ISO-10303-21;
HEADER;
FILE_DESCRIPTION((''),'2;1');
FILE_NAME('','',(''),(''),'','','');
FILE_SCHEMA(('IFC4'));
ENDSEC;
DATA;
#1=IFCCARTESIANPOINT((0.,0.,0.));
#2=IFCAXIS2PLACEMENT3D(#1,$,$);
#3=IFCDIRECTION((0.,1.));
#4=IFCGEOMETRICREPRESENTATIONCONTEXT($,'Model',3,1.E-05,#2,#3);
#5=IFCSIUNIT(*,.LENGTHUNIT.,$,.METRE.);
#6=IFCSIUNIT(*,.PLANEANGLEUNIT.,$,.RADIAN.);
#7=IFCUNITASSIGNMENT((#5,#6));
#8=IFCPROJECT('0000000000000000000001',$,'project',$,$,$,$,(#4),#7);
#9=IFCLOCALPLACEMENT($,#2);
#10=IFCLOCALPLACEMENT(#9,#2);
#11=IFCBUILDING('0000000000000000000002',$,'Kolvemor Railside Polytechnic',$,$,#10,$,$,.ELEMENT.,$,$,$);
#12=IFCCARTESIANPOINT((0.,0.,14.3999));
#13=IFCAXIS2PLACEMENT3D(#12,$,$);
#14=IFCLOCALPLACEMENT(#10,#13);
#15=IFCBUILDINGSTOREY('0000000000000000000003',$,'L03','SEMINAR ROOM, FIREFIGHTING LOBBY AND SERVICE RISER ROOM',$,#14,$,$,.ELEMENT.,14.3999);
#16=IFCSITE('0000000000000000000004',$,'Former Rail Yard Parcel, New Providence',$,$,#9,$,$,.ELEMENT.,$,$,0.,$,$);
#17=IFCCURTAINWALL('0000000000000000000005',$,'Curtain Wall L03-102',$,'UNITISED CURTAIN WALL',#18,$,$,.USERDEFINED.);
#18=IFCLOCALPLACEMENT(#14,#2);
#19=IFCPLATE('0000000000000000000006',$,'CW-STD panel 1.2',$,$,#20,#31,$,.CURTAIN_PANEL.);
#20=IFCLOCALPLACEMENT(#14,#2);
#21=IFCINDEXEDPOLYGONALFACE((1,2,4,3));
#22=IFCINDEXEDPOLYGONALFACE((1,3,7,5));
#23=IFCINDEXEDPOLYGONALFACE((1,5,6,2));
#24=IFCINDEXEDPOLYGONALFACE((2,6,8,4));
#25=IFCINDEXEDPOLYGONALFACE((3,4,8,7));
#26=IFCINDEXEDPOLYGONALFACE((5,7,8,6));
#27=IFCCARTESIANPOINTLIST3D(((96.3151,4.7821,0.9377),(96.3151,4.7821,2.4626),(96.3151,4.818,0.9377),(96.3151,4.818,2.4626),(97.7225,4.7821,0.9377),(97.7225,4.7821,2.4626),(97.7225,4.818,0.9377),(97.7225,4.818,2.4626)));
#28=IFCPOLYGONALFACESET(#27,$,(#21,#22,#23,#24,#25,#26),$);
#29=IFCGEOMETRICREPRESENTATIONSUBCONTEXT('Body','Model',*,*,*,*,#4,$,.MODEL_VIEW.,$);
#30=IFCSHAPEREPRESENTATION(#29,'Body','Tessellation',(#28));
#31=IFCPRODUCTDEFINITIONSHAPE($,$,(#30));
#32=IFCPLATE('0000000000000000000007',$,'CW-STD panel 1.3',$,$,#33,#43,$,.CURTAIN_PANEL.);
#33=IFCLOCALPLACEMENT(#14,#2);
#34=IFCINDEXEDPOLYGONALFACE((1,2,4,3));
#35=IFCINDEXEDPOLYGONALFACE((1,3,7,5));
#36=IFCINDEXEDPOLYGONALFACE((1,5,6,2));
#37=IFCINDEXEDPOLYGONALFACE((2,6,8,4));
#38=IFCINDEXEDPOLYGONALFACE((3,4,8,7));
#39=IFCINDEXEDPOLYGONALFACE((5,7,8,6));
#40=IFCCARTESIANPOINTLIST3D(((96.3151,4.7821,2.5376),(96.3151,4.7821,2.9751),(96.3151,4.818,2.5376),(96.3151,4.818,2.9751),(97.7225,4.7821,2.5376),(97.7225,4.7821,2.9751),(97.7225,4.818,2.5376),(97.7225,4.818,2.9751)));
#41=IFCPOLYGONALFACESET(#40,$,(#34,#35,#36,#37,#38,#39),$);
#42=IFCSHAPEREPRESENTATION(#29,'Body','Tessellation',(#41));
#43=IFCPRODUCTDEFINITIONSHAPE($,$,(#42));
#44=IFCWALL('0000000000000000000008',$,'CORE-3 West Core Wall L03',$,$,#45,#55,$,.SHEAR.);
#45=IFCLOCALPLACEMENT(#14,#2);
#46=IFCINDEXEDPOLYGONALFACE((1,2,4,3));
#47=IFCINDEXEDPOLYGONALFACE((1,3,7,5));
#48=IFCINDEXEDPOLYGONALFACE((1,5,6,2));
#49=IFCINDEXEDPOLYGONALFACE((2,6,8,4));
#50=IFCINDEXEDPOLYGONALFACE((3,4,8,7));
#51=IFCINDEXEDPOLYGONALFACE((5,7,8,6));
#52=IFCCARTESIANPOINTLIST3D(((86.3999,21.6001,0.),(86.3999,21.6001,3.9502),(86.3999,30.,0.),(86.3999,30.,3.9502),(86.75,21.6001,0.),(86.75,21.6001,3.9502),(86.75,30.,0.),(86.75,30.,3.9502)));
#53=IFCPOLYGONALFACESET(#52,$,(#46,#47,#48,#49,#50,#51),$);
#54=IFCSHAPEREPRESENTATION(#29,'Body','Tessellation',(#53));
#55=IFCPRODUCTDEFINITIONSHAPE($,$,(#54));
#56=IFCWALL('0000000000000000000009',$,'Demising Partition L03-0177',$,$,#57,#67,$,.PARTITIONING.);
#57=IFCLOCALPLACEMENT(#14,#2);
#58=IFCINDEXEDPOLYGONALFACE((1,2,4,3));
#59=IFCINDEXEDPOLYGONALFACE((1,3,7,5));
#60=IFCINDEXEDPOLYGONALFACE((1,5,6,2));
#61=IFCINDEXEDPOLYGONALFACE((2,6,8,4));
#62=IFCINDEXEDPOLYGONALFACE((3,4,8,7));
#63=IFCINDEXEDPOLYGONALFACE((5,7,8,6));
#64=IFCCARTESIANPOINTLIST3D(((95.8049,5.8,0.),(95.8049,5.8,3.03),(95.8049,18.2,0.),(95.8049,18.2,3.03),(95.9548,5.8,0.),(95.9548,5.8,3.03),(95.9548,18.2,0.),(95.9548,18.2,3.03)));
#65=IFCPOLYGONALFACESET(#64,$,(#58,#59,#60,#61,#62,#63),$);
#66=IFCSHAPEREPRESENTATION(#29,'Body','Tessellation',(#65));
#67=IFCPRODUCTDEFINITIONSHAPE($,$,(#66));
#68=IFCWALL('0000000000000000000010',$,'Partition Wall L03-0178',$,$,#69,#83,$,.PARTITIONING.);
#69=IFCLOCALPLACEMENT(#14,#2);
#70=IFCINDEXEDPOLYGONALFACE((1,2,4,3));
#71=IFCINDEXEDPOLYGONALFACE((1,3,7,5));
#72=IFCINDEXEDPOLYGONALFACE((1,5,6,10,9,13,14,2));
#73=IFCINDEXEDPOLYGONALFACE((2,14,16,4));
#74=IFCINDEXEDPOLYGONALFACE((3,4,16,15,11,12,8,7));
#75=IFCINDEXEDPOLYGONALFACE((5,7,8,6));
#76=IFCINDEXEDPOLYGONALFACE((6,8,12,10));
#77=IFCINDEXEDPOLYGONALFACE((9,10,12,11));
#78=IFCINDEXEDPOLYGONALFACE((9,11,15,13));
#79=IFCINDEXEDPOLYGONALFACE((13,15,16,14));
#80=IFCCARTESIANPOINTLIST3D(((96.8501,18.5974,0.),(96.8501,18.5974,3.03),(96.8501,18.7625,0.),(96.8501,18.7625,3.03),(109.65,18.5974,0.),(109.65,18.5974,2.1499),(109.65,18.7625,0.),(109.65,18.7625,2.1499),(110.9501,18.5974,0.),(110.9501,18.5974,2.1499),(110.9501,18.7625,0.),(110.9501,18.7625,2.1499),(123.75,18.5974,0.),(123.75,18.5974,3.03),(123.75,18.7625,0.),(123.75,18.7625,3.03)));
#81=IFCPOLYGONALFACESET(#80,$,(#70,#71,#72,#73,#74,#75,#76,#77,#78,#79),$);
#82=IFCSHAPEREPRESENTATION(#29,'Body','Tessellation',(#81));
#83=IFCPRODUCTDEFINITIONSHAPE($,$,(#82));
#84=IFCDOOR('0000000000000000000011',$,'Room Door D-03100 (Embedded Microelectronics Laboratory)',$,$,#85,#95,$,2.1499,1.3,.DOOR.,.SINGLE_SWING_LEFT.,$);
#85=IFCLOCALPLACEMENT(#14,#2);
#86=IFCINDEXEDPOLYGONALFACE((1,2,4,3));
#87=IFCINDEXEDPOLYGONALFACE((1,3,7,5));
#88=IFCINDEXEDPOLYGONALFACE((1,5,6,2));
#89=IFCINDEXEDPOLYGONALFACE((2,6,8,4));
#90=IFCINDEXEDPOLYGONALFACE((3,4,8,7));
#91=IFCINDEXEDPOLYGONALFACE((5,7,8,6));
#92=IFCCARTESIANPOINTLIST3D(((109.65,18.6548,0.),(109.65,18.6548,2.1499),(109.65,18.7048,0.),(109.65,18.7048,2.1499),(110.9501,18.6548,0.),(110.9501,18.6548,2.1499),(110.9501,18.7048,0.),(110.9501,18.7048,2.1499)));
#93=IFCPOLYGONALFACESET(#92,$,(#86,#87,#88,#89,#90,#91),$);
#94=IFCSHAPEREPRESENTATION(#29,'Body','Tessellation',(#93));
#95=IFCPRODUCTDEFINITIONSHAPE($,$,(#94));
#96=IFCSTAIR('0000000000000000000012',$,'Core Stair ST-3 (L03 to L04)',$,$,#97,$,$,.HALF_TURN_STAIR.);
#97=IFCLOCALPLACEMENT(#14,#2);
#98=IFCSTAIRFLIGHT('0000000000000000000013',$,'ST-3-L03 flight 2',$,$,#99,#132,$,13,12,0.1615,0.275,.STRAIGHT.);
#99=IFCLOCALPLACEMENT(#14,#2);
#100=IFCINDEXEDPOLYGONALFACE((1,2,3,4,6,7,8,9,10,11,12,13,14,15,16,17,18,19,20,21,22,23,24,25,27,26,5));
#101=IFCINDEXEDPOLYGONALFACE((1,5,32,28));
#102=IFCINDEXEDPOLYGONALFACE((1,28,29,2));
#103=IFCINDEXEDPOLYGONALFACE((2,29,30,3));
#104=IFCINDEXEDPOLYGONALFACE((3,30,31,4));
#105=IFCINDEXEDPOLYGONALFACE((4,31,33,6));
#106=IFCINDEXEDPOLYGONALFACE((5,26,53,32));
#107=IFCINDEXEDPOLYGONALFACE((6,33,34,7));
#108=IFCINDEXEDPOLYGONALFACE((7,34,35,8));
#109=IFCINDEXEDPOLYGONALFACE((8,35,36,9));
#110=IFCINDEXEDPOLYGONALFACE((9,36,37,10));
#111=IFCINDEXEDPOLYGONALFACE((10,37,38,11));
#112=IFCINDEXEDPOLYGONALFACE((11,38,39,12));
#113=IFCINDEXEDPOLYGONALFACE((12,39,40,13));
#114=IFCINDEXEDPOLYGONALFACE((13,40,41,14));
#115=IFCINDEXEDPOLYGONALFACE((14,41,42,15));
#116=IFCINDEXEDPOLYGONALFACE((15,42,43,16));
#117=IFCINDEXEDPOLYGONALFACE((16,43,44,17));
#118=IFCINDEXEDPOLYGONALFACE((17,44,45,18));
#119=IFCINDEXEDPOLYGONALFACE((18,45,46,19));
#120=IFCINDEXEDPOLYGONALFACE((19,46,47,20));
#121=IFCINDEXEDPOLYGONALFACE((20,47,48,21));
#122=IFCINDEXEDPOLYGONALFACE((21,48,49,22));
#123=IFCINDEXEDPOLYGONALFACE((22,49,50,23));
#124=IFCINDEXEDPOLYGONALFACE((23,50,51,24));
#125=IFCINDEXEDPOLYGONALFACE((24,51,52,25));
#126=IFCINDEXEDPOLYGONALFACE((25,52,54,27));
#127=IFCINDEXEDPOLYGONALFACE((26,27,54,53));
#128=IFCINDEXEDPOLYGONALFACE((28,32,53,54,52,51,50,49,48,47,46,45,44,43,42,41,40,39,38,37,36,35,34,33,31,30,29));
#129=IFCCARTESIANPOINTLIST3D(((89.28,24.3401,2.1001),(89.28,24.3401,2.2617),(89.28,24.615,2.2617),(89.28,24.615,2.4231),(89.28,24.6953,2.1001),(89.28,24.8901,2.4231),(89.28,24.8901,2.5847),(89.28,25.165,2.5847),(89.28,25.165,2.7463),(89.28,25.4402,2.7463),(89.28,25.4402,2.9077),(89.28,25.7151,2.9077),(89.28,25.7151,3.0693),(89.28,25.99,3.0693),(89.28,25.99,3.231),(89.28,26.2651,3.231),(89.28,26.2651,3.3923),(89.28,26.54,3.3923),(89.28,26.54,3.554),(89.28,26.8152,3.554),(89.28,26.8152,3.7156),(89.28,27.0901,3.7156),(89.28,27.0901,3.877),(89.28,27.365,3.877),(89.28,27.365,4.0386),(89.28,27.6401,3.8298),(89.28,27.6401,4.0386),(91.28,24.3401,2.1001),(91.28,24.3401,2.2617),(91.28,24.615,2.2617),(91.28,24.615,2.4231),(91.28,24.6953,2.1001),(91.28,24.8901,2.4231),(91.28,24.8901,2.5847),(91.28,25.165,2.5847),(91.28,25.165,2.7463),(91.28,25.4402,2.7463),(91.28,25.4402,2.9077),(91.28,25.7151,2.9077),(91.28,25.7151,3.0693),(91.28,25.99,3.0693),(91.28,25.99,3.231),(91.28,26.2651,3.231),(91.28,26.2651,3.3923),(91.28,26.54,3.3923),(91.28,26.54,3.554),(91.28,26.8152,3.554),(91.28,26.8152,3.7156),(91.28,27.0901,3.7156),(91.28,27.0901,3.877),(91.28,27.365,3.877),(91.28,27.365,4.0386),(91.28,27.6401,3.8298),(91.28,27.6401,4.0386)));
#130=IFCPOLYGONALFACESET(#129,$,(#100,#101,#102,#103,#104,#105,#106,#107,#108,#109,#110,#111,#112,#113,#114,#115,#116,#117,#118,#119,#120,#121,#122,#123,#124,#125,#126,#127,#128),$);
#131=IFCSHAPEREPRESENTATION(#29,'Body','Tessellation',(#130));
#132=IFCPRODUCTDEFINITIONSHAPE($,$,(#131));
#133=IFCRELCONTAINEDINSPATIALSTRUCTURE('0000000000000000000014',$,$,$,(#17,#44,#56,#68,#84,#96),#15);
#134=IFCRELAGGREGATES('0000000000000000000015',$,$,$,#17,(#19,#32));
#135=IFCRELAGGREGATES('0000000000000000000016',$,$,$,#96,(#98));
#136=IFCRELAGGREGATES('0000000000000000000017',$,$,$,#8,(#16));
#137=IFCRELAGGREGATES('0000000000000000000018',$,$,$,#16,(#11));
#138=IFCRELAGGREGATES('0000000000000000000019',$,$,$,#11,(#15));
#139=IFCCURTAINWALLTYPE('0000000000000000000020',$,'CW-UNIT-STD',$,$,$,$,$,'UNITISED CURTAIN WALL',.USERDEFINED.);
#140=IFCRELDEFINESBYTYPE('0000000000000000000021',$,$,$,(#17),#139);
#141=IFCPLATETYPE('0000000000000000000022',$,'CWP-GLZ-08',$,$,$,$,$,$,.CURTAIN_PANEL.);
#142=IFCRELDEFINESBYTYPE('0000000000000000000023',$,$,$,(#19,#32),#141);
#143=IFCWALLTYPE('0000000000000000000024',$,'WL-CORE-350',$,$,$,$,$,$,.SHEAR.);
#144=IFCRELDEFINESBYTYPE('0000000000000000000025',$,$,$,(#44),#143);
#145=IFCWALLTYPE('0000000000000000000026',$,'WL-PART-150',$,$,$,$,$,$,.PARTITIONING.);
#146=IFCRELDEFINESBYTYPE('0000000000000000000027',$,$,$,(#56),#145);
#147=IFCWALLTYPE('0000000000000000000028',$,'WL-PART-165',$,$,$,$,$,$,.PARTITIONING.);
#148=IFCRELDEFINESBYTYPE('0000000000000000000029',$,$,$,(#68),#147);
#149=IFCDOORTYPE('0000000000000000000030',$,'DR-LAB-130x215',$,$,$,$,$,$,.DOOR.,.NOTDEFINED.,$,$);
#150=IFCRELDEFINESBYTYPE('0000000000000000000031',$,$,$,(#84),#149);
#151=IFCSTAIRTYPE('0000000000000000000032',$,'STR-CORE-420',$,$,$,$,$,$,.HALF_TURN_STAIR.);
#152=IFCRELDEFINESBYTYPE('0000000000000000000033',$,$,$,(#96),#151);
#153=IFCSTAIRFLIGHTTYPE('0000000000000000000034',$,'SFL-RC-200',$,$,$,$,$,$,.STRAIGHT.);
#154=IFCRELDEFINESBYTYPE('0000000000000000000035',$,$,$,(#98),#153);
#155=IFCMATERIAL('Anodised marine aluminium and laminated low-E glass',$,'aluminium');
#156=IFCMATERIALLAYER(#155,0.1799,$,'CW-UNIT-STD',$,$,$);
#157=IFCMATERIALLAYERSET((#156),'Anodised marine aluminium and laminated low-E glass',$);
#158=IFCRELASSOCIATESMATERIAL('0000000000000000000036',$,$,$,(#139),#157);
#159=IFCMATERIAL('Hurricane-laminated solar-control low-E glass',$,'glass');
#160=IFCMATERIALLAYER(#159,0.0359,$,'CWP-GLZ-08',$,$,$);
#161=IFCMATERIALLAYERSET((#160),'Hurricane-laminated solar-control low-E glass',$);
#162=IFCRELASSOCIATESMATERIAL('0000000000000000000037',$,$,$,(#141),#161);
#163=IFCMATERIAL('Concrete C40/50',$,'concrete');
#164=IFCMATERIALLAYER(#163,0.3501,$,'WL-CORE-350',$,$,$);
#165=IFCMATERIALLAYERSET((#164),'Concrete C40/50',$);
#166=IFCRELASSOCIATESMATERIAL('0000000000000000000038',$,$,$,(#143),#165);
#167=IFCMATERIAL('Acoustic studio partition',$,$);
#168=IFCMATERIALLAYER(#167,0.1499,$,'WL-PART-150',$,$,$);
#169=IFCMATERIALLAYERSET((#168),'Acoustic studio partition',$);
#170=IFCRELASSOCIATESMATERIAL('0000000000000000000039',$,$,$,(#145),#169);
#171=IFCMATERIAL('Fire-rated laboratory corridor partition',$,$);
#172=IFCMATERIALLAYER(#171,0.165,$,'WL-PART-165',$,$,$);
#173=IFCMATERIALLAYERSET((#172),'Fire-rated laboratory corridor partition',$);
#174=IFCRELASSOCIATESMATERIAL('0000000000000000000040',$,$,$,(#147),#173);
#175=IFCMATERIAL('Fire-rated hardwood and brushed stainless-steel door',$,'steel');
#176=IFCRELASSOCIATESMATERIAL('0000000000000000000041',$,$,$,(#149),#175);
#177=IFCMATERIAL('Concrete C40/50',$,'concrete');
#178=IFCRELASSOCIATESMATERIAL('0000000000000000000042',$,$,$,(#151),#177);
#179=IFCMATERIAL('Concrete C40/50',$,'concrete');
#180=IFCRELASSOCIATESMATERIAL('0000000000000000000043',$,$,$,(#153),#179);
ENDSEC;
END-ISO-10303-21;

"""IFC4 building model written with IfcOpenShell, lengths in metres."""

from ifc_helpers import new_model, si_unit, direction, frame, frame_2d, origin, origin_2d, place, context, subcontext, project, spatial, polyline, rectangle, outline, extrude, material, layer, layer_set, type_object, element, fill, aggregate, save


model = new_model("IFC4")

# Units and contexts
model_context = context("Model", 3, precision=1e-05, world=origin(), true_north=direction((0.0, 1.0)))
body_context = subcontext(model_context, "Body", "Model", "MODEL_VIEW")
ifc_project = project(units=[si_unit("LENGTHUNIT", "METRE"), si_unit("PLANEANGLEUNIT", "RADIAN")], contexts=[model_context])

# Site, building, storey
site_placement = place(None, origin())
site = spatial("IfcSite", under=ifc_project, at=site_placement, Name="Former Rail Yard Parcel, New Providence", CompositionType="ELEMENT", RefElevation=0.0)
building_placement = place(site_placement, origin())
building = spatial("IfcBuilding", under=site, at=building_placement, Name="Kolvemor Railside Polytechnic", CompositionType="ELEMENT")
storey_placement = place(building_placement, frame((0.0, 0.0, 14.3999)))
storey = spatial("IfcBuildingStorey", under=building, at=storey_placement, Name="L03", Description="SEMINAR ROOM, FIREFIGHTING LOBBY AND SERVICE RISER ROOM", CompositionType="ELEMENT", Elevation=14.3999)

# Curtain wall, plates
ifc_material_1 = material(Name="Anodised marine aluminium and laminated low-E glass", Category="aluminium")
ifc_layer_1 = layer(ifc_material_1, 0.1799, Name="CW-UNIT-STD")
ifc_layer_set_1 = layer_set([ifc_layer_1], Name="Anodised marine aluminium and laminated low-E glass")
curtain_wall_type = type_object("IfcCurtainWallType", Name="CW-UNIT-STD", ElementType="UNITISED CURTAIN WALL", PredefinedType="USERDEFINED", material=ifc_layer_set_1)
curtain_wall_placement = place(storey_placement, origin())
curtain_wall = element("IfcCurtainWall", 1, at=curtain_wall_placement, inside=storey, type_object=curtain_wall_type, Name="Curtain Wall L03-102", ObjectType="UNITISED CURTAIN WALL", PredefinedType="USERDEFINED")
ifc_material_2 = material(Name="Hurricane-laminated solar-control low-E glass", Category="glass")
ifc_layer_2 = layer(ifc_material_2, 0.0359, Name="CWP-GLZ-08")
ifc_layer_set_2 = layer_set([ifc_layer_2], Name="Hurricane-laminated solar-control low-E glass")
plate_type = type_object("IfcPlateType", Name="CWP-GLZ-08", PredefinedType="CURTAIN_PANEL", material=ifc_layer_set_2)
plate_1_placement = place(storey_placement, frame((97.0188, 4.8, 0.9377), z_axis=(0.0, 0.0, 1.0), x_axis=(1.0, 0.0, 0.0)))
plate_1 = element("IfcPlate", 2, at=plate_1_placement, type_object=plate_type, Name="CW-STD panel 1.2", PredefinedType="CURTAIN_PANEL", context=body_context, shape_type="SweptSolid", body=[
    extrude(rectangle(XDim=1.4075, YDim=0.0359, at=origin_2d()), origin(), (0.0, 0.0, 1.0), 1.5249),
])
plate_2_placement = place(storey_placement, frame((97.0188, 4.8, 2.5376), z_axis=(0.0, 0.0, 1.0), x_axis=(1.0, 0.0, 0.0)))
plate_2 = element("IfcPlate", 3, at=plate_2_placement, type_object=plate_type, Name="CW-STD panel 1.3", PredefinedType="CURTAIN_PANEL", context=body_context, shape_type="SweptSolid", body=[
    extrude(rectangle(XDim=1.4075, YDim=0.0359, at=origin_2d()), origin(), (0.0, 0.0, 1.0), 0.4375),
])
aggregate(curtain_wall, [plate_1, plate_2])

# Wall
ifc_material_3 = material(Name="Concrete C40/50", Category="concrete")
ifc_layer_3 = layer(ifc_material_3, 0.3501, Name="WL-CORE-350")
ifc_layer_set_3 = layer_set([ifc_layer_3], Name="Concrete C40/50")
wall_type_1 = type_object("IfcWallType", Name="WL-CORE-350", PredefinedType="SHEAR", material=ifc_layer_set_3)
wall_1_placement = place(storey_placement, frame((86.575, 21.6001, 0.0), z_axis=(0.0, 0.0, 1.0), x_axis=(0.0, 1.0, 0.0)))
element("IfcWall", 4, at=wall_1_placement, inside=storey, type_object=wall_type_1, Name="CORE-3 West Core Wall L03", PredefinedType="SHEAR", context=body_context, shape_type="SweptSolid", body=[
    extrude(rectangle(XDim=8.3999, YDim=0.3501, at=frame_2d((4.2, 0.0))), origin(), (0.0, 0.0, 1.0), 3.9502),
])

# Wall
ifc_material_4 = material(Name="Acoustic studio partition")
ifc_layer_4 = layer(ifc_material_4, 0.1499, Name="WL-PART-150")
ifc_layer_set_4 = layer_set([ifc_layer_4], Name="Acoustic studio partition")
wall_type_2 = type_object("IfcWallType", Name="WL-PART-150", PredefinedType="PARTITIONING", material=ifc_layer_set_4)
wall_2_placement = place(storey_placement, frame((95.8799, 5.8, 0.0), z_axis=(0.0, 0.0, 1.0), x_axis=(0.0, 1.0, 0.0)))
element("IfcWall", 5, at=wall_2_placement, inside=storey, type_object=wall_type_2, Name="Demising Partition L03-0177", PredefinedType="PARTITIONING", context=body_context, shape_type="SweptSolid", body=[
    extrude(rectangle(XDim=12.3999, YDim=0.1499, at=frame_2d((6.2, 0.0))), origin(), (0.0, 0.0, 1.0), 3.03),
])

# Wall, opening, door
ifc_material_5 = material(Name="Fire-rated laboratory corridor partition")
ifc_layer_5 = layer(ifc_material_5, 0.165, Name="WL-PART-165")
ifc_layer_set_5 = layer_set([ifc_layer_5], Name="Fire-rated laboratory corridor partition")
wall_type_3 = type_object("IfcWallType", Name="WL-PART-165", PredefinedType="PARTITIONING", material=ifc_layer_set_5)
wall_3_placement = place(storey_placement, frame((96.8501, 18.6799, 0.0), z_axis=(0.0, 0.0, 1.0), x_axis=(1.0, 0.0, 0.0)))
wall_3 = element("IfcWall", 6, at=wall_3_placement, inside=storey, type_object=wall_type_3, Name="Partition Wall L03-0178", PredefinedType="PARTITIONING", context=body_context, shape_type="SweptSolid", body=[
    extrude(rectangle(XDim=26.8999, YDim=0.165, at=frame_2d((13.45, 0.0))), origin(), (0.0, 0.0, 1.0), 3.03),
])
opening_1_placement = place(wall_3_placement, frame((12.8, 0.0, 0.0)))
opening_1 = element("IfcOpeningElement", 7, at=opening_1_placement, cuts=wall_3, PredefinedType="OPENING", context=body_context, shape_type="SweptSolid", body=[
    extrude(rectangle(XDim=1.3, YDim=2.1499, at=frame_2d((0.6499, 1.075))), frame((0.0, 0.0925, 0.0), z_axis=(0.0, -1.0, 0.0), x_axis=(1.0, 0.0, 0.0)), (0.0, 0.0, 1.0), 0.1851),
])
ifc_material_6 = material(Name="Fire-rated hardwood and brushed stainless-steel door", Category="steel")
door_type_1 = type_object("IfcDoorType", Name="DR-LAB-130x215", OperationType="NOTDEFINED", PredefinedType="DOOR", material=ifc_material_6)
door_1_placement = place(opening_1_placement, origin())
door_1 = element("IfcDoor", 8, at=door_1_placement, inside=storey, type_object=door_type_1, Name="Room Door D-03100 (Embedded Microelectronics Laboratory)", OperationType="SINGLE_SWING_LEFT", OverallHeight=2.1499, OverallWidth=1.3, PredefinedType="DOOR", context=body_context, shape_type="SweptSolid", body=[
    extrude(rectangle(XDim=1.3, YDim=2.1499, at=frame_2d((0.6499, 1.075))), frame((0.0, 0.0249, 0.0), z_axis=(0.0, -1.0, 0.0), x_axis=(1.0, 0.0, 0.0)), (0.0, 0.0, 1.0), 0.05),
])
fill(opening_1, door_1)

# Stair, stair flight
ifc_material_7 = material(Name="Concrete C40/50", Category="concrete")
stair_type = type_object("IfcStairType", Name="STR-CORE-420", PredefinedType="HALF_TURN_STAIR", material=ifc_material_7)
stair_placement = place(storey_placement, origin())
stair = element("IfcStair", 9, at=stair_placement, inside=storey, type_object=stair_type, Name="Core Stair ST-3 (L03 to L04)", PredefinedType="HALF_TURN_STAIR")
ifc_material_8 = material(Name="Concrete C40/50", Category="concrete")
stair_flight_type = type_object("IfcStairFlightType", Name="SFL-RC-200", PredefinedType="STRAIGHT", material=ifc_material_8)
stair_flight_placement = place(storey_placement, frame((90.28, 24.3401, 2.1001), z_axis=(0.0, 0.0, 1.0), x_axis=(0.0, 1.0, 0.0)))
stair_flight = element("IfcStairFlight", 10, at=stair_flight_placement, type_object=stair_flight_type, Name="ST-3-L03 flight 2", NumberOfRisers=13, NumberOfTreads=12, PredefinedType="STRAIGHT", RiserHeight=0.1615, TreadLength=0.275, context=body_context, shape_type="SweptSolid", body=[
    extrude(outline(polyline([(0.0, 0.0), (0.0, 0.1616), (0.2749, 0.1616), (0.2749, 0.323), (0.55, 0.323), (0.55, 0.4846), (0.825, 0.4846), (0.825, 0.6462), (1.1001, 0.6462), (1.1001, 0.8076), (1.375, 0.8076), (1.375, 0.9692), (1.6499, 0.9692), (1.6499, 1.1309), (1.925, 1.1309), (1.925, 1.2922), (2.2, 1.2922), (2.2, 1.4539), (2.4751, 1.4539), (2.4751, 1.6155), (2.75, 1.6155), (2.75, 1.7769), (3.0249, 1.7769), (3.0249, 1.9385), (3.3, 1.9385), (3.3, 2.1001), (3.3, 1.7297), (0.3552, 0.0), (0.0, 0.0)])), frame((0.0, 1.0, 0.0), z_axis=(0.0, -1.0, 0.0), x_axis=(1.0, 0.0, 0.0)), (0.0, 0.0, 1.0), 2.0),
])
aggregate(stair, [stair_flight])

save(model, "model.ifc")
